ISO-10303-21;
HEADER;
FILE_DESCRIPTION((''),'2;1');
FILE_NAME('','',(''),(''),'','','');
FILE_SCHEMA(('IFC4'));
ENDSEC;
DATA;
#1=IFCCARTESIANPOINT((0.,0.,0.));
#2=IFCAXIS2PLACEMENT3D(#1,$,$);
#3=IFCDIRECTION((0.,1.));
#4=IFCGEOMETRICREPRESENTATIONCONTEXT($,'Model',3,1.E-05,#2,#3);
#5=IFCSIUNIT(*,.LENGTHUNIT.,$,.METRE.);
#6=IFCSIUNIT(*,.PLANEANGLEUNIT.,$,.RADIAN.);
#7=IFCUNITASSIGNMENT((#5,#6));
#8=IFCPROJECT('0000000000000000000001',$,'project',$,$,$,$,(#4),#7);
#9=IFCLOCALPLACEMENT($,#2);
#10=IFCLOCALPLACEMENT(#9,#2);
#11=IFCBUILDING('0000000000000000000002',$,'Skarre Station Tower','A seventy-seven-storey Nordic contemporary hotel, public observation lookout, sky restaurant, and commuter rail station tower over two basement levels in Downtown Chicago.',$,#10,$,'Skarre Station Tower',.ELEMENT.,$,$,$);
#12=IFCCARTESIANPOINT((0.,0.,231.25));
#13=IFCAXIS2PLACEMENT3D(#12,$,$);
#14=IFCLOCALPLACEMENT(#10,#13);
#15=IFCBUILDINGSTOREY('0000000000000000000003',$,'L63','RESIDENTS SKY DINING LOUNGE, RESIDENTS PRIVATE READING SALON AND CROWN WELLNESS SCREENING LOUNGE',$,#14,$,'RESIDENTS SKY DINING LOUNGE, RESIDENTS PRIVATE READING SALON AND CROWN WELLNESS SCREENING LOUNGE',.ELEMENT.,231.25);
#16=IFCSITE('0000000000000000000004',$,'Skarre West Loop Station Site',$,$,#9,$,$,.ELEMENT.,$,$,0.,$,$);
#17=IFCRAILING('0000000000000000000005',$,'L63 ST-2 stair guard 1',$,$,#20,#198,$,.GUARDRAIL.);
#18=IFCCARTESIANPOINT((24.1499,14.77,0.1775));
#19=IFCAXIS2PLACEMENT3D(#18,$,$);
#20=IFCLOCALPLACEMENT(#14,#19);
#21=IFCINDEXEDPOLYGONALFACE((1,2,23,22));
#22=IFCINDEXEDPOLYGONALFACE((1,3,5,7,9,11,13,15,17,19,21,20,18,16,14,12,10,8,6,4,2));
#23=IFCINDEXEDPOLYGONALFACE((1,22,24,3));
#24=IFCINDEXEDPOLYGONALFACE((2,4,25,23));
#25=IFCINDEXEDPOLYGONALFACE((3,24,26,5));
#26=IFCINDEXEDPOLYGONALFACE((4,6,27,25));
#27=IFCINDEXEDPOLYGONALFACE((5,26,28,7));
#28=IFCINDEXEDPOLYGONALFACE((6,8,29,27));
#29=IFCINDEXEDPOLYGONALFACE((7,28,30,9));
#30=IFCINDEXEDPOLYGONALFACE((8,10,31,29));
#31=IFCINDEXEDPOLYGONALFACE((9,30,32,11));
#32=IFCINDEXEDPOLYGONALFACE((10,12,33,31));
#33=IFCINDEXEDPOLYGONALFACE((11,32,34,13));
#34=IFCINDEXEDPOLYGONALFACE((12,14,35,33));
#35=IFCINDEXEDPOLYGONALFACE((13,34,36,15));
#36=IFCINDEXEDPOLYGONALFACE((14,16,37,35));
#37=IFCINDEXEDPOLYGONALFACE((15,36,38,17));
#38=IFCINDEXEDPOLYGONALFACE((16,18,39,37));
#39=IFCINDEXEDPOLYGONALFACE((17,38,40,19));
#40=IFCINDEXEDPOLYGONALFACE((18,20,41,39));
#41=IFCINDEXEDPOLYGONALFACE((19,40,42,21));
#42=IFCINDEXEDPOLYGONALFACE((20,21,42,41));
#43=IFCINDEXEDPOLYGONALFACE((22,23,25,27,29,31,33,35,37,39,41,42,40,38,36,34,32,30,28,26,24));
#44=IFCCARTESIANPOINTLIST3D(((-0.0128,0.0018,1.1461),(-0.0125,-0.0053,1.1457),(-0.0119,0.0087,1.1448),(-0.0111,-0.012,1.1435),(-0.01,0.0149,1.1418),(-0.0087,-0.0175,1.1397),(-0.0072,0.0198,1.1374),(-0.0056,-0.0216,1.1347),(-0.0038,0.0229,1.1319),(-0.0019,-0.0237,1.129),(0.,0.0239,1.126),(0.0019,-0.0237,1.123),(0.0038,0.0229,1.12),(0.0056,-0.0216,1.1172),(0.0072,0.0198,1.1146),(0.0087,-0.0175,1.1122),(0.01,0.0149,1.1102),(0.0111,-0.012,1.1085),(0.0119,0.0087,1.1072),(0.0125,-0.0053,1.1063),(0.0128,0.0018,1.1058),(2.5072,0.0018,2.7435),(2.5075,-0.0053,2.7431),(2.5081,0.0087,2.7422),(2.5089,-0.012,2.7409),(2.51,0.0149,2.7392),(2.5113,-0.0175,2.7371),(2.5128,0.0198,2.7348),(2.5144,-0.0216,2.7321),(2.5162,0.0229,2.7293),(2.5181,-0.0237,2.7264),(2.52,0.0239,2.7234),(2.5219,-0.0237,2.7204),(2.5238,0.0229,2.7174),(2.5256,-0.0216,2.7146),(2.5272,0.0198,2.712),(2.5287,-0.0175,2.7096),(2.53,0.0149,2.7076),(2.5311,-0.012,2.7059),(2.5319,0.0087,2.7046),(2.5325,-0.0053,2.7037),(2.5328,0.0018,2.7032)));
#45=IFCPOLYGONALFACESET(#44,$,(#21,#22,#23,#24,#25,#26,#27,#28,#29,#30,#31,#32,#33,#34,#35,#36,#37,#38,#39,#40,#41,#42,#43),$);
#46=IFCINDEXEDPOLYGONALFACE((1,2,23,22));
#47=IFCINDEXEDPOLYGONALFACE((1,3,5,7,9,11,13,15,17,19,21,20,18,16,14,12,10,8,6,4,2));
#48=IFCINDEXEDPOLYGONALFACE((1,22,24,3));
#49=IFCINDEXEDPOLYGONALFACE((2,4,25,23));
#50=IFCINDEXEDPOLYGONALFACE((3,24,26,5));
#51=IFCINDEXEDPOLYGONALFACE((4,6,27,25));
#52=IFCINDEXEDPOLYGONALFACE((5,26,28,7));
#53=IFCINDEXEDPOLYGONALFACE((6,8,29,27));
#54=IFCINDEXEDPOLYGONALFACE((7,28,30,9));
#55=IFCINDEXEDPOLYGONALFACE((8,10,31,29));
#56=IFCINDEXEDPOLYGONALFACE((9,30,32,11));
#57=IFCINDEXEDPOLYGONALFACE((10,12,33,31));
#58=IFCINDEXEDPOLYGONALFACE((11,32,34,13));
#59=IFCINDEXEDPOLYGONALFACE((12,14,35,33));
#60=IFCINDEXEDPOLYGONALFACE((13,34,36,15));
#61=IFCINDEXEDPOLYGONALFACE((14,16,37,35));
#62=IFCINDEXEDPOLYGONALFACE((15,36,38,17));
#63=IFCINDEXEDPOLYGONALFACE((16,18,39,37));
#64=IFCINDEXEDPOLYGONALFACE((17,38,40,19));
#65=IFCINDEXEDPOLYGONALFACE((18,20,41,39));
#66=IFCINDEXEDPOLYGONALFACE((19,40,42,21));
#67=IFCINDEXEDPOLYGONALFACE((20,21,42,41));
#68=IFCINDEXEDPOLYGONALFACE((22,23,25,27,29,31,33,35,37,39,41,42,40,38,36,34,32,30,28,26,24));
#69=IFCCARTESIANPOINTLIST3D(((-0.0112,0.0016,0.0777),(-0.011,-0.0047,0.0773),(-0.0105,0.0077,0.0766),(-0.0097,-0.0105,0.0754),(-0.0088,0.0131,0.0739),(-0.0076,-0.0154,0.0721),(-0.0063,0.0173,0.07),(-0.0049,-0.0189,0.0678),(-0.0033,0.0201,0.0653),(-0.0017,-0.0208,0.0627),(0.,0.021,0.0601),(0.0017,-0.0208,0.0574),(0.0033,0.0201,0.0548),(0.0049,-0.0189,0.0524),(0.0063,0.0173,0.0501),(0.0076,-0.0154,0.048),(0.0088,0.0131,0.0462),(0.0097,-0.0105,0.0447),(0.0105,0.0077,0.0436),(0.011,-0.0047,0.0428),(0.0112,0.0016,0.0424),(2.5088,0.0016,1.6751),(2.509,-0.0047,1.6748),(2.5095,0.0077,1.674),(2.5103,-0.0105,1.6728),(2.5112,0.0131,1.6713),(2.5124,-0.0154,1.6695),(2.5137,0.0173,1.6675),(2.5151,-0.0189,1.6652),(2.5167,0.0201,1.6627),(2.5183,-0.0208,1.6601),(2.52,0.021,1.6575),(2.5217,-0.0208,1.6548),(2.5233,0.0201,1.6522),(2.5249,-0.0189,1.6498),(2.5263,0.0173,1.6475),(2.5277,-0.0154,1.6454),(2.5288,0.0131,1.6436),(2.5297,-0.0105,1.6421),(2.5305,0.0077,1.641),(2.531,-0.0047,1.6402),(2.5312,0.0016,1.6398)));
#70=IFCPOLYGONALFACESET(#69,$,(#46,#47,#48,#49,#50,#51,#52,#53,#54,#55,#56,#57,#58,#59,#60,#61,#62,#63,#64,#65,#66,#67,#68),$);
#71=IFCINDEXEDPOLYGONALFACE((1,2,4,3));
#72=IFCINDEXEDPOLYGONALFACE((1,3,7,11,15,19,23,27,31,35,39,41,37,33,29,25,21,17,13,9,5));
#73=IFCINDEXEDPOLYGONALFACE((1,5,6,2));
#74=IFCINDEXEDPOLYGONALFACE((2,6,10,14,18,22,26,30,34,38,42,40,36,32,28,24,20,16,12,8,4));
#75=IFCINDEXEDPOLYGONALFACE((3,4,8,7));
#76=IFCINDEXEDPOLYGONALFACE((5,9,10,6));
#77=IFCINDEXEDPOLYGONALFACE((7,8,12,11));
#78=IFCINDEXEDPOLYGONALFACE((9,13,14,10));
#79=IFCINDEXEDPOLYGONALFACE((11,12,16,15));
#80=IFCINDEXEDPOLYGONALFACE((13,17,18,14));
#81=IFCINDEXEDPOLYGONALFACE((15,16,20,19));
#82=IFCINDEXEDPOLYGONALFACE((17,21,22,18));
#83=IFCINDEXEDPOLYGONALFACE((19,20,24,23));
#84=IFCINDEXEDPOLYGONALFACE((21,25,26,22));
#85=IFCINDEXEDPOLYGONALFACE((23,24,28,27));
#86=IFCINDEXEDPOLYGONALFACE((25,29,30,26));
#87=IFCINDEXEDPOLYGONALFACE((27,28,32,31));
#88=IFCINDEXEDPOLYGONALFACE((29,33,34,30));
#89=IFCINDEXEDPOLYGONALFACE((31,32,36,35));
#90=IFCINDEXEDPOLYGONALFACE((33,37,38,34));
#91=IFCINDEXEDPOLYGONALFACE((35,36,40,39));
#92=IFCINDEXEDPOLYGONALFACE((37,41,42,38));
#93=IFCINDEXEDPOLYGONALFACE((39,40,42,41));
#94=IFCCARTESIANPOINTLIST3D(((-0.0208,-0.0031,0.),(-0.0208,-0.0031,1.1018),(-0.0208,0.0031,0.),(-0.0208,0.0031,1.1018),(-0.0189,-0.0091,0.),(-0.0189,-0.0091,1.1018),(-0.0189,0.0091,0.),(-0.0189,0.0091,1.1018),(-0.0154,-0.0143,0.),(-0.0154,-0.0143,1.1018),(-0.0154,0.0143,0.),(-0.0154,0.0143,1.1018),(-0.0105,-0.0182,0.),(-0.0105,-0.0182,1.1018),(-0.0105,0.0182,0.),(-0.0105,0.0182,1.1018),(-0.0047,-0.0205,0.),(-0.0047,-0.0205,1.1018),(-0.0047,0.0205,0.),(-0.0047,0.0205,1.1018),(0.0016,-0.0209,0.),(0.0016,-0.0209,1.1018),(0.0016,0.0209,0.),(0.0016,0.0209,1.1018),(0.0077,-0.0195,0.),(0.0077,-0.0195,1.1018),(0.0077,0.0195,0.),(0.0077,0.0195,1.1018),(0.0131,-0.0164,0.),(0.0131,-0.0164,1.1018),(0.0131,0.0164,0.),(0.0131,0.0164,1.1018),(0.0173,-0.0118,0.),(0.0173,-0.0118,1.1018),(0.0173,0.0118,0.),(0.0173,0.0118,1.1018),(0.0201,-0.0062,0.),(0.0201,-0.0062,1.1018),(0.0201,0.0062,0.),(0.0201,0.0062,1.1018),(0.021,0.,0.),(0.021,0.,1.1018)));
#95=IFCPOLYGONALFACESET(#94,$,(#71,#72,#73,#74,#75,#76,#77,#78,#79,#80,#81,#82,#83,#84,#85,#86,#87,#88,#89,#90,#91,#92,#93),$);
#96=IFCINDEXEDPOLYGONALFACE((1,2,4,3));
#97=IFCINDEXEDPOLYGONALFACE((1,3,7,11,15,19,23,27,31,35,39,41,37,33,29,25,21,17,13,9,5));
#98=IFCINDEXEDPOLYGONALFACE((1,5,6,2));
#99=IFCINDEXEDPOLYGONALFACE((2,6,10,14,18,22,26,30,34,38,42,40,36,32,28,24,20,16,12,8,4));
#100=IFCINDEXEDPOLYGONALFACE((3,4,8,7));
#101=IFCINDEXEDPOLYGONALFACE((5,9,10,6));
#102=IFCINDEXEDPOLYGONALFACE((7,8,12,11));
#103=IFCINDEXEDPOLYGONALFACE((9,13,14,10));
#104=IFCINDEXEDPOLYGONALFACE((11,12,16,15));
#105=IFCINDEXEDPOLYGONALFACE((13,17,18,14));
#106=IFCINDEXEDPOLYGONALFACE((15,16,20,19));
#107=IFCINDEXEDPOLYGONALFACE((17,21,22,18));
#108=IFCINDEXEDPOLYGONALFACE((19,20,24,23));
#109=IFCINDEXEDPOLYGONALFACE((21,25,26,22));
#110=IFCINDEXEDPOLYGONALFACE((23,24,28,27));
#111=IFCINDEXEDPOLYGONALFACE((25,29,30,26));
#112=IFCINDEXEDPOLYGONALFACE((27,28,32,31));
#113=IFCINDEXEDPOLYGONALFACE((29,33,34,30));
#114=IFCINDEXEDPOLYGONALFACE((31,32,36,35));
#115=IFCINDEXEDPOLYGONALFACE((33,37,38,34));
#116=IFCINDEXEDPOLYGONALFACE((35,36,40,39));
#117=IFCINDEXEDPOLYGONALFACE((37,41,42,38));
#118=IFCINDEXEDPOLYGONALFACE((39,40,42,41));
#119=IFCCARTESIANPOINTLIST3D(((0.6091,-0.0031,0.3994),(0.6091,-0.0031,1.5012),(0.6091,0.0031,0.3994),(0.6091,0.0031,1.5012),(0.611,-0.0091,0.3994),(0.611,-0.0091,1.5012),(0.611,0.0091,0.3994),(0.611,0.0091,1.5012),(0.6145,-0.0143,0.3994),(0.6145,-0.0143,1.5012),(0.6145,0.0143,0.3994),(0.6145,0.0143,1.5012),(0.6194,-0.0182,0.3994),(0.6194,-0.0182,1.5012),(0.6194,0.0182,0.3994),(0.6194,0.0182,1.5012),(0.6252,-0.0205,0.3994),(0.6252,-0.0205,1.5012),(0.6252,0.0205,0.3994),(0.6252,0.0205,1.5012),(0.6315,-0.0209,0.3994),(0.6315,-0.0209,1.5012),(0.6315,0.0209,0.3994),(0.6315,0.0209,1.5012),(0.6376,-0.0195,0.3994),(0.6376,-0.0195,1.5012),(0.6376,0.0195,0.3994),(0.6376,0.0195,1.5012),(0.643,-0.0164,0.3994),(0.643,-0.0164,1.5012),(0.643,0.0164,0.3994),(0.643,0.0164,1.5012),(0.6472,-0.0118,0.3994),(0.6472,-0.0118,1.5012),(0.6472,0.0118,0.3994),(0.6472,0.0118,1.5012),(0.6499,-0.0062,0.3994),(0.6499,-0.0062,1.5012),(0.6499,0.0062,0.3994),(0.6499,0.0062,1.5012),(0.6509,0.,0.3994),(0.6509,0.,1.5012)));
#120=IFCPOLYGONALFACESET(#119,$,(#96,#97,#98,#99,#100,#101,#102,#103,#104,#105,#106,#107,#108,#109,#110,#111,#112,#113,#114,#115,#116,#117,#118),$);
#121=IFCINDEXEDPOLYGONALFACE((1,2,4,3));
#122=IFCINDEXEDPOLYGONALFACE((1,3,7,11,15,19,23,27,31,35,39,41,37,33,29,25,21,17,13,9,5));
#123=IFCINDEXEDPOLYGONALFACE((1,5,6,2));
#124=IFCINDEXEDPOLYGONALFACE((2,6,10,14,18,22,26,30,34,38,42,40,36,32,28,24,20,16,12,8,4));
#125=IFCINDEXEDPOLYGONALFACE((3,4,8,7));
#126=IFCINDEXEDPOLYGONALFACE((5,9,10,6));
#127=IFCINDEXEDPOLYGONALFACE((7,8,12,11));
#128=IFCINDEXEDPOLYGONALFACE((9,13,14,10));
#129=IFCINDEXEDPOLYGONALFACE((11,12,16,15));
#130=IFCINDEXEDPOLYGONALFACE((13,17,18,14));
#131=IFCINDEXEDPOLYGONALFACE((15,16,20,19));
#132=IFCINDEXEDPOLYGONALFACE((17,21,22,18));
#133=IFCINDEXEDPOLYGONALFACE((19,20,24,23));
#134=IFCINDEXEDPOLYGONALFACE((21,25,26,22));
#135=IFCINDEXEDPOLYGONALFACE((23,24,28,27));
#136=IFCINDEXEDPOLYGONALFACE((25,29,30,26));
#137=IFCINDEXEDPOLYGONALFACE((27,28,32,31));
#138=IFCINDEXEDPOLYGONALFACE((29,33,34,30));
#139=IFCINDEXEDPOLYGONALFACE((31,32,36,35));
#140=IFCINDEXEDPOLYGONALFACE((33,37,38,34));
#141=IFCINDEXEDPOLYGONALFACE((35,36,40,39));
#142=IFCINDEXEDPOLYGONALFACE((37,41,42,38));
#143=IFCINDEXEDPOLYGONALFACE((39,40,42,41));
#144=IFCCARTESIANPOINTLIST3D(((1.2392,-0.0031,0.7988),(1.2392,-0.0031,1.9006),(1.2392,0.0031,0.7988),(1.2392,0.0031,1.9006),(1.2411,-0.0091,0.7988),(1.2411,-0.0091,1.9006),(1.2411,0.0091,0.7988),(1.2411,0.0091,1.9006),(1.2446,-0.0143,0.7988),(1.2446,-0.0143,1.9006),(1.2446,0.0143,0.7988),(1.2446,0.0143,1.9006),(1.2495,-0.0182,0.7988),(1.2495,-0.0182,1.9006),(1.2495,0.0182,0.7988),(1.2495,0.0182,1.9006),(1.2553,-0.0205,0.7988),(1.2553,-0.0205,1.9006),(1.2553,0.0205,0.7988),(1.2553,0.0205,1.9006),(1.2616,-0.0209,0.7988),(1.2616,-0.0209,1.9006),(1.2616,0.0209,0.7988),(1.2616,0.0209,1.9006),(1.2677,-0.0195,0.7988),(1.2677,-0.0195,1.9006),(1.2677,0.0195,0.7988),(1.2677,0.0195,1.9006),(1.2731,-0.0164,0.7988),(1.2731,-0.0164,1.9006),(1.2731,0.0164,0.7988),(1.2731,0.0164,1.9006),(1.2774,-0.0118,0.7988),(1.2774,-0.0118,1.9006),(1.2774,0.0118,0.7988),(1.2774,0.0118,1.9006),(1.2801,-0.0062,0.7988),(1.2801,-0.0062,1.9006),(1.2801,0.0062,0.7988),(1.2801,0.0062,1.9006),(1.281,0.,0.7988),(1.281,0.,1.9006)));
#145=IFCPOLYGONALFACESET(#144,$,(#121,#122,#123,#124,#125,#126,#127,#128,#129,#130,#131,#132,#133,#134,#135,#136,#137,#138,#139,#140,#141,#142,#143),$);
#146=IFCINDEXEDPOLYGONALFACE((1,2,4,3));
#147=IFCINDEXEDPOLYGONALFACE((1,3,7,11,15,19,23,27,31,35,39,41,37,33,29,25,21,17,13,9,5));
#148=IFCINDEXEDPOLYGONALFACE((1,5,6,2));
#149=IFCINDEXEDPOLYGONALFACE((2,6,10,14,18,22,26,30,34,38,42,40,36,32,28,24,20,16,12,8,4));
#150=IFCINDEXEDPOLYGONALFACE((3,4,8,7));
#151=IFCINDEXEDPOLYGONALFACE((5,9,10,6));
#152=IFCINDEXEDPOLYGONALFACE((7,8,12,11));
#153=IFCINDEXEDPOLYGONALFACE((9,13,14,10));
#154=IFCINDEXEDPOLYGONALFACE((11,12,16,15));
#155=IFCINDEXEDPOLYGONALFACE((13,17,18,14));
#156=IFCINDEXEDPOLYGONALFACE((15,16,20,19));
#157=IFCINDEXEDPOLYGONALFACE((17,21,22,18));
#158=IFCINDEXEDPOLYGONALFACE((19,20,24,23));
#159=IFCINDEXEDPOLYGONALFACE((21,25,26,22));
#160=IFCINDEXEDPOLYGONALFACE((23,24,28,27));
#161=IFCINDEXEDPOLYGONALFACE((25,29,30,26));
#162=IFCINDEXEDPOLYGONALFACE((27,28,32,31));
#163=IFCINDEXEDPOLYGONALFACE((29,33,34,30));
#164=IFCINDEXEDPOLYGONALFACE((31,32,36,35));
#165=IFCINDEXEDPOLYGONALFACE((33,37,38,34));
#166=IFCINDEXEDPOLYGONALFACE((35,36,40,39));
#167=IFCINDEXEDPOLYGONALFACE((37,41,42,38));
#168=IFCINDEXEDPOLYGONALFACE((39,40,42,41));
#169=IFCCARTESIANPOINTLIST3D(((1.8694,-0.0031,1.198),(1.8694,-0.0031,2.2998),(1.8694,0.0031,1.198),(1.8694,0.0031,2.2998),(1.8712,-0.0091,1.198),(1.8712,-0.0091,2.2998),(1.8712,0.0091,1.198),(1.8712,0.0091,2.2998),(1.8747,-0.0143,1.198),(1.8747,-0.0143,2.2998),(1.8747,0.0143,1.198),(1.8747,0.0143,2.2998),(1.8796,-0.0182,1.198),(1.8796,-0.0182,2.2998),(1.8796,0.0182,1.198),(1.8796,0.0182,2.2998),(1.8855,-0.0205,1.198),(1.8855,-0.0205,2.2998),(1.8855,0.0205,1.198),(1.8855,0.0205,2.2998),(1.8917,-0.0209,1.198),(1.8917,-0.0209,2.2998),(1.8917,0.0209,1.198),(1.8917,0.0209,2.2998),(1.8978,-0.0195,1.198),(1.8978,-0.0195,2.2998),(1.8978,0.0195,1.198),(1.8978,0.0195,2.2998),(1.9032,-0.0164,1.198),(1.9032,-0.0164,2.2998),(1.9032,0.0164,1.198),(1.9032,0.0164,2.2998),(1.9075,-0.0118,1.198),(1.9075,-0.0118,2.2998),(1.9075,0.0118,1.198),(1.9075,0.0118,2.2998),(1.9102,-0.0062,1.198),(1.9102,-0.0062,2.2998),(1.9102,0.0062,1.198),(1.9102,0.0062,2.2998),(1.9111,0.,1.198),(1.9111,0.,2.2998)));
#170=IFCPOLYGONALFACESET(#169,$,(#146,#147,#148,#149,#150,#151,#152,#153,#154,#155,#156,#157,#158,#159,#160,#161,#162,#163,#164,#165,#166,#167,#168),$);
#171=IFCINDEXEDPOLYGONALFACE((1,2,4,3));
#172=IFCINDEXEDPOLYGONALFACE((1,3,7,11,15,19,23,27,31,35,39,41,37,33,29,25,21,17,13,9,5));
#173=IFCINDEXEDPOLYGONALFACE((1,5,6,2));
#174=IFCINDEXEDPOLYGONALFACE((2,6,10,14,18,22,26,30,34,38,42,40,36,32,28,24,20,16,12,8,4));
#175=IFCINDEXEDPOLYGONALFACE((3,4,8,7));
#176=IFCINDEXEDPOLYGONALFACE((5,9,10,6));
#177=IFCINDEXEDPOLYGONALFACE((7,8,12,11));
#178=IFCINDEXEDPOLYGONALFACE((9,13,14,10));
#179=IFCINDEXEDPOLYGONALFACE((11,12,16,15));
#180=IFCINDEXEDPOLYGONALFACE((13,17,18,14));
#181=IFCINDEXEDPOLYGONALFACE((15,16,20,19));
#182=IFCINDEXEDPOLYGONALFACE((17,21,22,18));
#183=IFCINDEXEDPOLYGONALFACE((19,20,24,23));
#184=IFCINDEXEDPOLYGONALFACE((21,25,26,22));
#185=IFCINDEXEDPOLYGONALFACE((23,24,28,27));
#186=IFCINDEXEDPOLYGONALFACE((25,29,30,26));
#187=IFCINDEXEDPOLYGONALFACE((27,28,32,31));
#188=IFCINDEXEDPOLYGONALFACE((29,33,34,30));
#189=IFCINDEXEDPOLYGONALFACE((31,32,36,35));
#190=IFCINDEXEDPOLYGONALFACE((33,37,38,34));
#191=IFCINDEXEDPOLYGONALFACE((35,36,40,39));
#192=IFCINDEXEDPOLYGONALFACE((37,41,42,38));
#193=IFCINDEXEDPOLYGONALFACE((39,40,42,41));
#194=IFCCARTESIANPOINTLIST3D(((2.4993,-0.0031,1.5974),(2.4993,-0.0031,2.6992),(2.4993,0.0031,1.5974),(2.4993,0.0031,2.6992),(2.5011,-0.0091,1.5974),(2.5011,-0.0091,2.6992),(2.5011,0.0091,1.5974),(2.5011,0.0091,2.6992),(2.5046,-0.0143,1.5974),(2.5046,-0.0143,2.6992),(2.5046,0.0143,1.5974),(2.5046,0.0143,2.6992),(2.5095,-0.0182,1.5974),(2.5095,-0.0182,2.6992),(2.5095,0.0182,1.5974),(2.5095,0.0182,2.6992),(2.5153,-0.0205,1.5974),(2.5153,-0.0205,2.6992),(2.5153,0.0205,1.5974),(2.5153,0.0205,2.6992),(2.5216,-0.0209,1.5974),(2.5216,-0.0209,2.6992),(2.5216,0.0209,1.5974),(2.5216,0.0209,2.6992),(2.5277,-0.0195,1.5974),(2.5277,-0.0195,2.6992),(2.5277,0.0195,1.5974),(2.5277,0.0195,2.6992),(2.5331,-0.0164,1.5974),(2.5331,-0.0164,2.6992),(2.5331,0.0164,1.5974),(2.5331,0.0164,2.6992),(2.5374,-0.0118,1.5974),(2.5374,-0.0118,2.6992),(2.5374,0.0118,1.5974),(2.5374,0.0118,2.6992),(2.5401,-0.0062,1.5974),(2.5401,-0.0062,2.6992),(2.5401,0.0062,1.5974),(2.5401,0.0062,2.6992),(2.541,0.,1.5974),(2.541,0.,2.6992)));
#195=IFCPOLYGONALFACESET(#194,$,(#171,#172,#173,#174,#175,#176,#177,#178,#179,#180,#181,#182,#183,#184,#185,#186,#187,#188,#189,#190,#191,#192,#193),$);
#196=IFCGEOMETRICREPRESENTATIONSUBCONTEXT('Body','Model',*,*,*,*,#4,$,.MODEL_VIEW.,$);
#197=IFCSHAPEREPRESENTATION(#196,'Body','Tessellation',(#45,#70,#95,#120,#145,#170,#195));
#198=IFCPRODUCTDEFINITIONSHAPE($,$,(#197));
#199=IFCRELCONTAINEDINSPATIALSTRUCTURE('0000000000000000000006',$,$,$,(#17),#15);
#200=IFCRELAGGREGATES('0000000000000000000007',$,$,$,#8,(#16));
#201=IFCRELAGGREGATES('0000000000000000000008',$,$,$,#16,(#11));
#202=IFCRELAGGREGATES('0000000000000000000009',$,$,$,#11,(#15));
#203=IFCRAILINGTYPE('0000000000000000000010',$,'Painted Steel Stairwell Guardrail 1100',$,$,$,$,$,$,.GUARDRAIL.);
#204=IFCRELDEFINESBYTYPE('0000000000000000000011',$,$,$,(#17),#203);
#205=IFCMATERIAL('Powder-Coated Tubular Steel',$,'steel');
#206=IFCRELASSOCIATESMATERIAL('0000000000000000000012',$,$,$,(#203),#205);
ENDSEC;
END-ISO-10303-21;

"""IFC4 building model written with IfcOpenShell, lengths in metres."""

from ifc_helpers import new_model, si_unit, direction, frame, origin, origin_2d, place, context, subcontext, project, spatial, circle, extrude, material, type_object, element, save


model = new_model("IFC4")

# Units and contexts
model_context = context("Model", 3, precision=1e-05, world=origin(), true_north=direction((0.0, 1.0)))
body_context = subcontext(model_context, "Body", "Model", "MODEL_VIEW")
ifc_project = project(units=[si_unit("LENGTHUNIT", "METRE"), si_unit("PLANEANGLEUNIT", "RADIAN")], contexts=[model_context])

# Site, building, storey
site_placement = place(None, origin())
site = spatial("IfcSite", under=ifc_project, at=site_placement, Name="Skarre West Loop Station Site", CompositionType="ELEMENT", RefElevation=0.0)
building_placement = place(site_placement, origin())
building = spatial("IfcBuilding", under=site, at=building_placement, Name="Skarre Station Tower", Description="A seventy-seven-storey Nordic contemporary hotel, public observation lookout, sky restaurant, and commuter rail station tower over two basement levels in Downtown Chicago.", LongName="Skarre Station Tower", CompositionType="ELEMENT")
storey_placement = place(building_placement, frame((0.0, 0.0, 231.25)))
storey = spatial("IfcBuildingStorey", under=building, at=storey_placement, Name="L63", Description="RESIDENTS SKY DINING LOUNGE, RESIDENTS PRIVATE READING SALON AND CROWN WELLNESS SCREENING LOUNGE", LongName="RESIDENTS SKY DINING LOUNGE, RESIDENTS PRIVATE READING SALON AND CROWN WELLNESS SCREENING LOUNGE", CompositionType="ELEMENT", Elevation=231.25)

# Railing
ifc_material_1 = material(Name="Powder-Coated Tubular Steel", Category="steel")
railing_type_1 = type_object("IfcRailingType", Name="Painted Steel Stairwell Guardrail 1100", PredefinedType="GUARDRAIL", material=ifc_material_1)
railing_1_placement = place(storey_placement, frame((24.1499, 14.77, 0.1775)))
element("IfcRailing", 1, at=railing_1_placement, inside=storey, type_object=railing_type_1, Name="L63 ST-2 stair guard 1", PredefinedType="GUARDRAIL", context=body_context, shape_type="SweptSolid", body=[
    extrude(circle(Radius=0.0239, at=origin_2d()), frame((0.0, 0.0, 1.126), z_axis=(0.844607, 0.0, 0.535387), x_axis=(0.0, 1.0, 0.0)), (0.0, 0.0, 1.0), 2.9836),
    extrude(circle(Radius=0.021, at=origin_2d()), frame((0.0, 0.0, 0.0601), z_axis=(0.844607, 0.0, 0.535387), x_axis=(0.0, 1.0, 0.0)), (0.0, 0.0, 1.0), 2.9836),
    extrude(circle(Radius=0.021, at=origin_2d()), origin(), (0.0, 0.0, 1.0), 1.1018),
    extrude(circle(Radius=0.021, at=origin_2d()), frame((0.6299, 0.0, 0.3994)), (0.0, 0.0, 1.0), 1.1018),
    extrude(circle(Radius=0.021, at=origin_2d()), frame((1.26, 0.0, 0.7988)), (0.0, 0.0, 1.0), 1.1018),
    extrude(circle(Radius=0.021, at=origin_2d()), frame((1.8901, 0.0, 1.198)), (0.0, 0.0, 1.0), 1.1018),
    extrude(circle(Radius=0.021, at=origin_2d()), frame((2.52, 0.0, 1.5974)), (0.0, 0.0, 1.0), 1.1018),
])

save(model, "model.ifc")
